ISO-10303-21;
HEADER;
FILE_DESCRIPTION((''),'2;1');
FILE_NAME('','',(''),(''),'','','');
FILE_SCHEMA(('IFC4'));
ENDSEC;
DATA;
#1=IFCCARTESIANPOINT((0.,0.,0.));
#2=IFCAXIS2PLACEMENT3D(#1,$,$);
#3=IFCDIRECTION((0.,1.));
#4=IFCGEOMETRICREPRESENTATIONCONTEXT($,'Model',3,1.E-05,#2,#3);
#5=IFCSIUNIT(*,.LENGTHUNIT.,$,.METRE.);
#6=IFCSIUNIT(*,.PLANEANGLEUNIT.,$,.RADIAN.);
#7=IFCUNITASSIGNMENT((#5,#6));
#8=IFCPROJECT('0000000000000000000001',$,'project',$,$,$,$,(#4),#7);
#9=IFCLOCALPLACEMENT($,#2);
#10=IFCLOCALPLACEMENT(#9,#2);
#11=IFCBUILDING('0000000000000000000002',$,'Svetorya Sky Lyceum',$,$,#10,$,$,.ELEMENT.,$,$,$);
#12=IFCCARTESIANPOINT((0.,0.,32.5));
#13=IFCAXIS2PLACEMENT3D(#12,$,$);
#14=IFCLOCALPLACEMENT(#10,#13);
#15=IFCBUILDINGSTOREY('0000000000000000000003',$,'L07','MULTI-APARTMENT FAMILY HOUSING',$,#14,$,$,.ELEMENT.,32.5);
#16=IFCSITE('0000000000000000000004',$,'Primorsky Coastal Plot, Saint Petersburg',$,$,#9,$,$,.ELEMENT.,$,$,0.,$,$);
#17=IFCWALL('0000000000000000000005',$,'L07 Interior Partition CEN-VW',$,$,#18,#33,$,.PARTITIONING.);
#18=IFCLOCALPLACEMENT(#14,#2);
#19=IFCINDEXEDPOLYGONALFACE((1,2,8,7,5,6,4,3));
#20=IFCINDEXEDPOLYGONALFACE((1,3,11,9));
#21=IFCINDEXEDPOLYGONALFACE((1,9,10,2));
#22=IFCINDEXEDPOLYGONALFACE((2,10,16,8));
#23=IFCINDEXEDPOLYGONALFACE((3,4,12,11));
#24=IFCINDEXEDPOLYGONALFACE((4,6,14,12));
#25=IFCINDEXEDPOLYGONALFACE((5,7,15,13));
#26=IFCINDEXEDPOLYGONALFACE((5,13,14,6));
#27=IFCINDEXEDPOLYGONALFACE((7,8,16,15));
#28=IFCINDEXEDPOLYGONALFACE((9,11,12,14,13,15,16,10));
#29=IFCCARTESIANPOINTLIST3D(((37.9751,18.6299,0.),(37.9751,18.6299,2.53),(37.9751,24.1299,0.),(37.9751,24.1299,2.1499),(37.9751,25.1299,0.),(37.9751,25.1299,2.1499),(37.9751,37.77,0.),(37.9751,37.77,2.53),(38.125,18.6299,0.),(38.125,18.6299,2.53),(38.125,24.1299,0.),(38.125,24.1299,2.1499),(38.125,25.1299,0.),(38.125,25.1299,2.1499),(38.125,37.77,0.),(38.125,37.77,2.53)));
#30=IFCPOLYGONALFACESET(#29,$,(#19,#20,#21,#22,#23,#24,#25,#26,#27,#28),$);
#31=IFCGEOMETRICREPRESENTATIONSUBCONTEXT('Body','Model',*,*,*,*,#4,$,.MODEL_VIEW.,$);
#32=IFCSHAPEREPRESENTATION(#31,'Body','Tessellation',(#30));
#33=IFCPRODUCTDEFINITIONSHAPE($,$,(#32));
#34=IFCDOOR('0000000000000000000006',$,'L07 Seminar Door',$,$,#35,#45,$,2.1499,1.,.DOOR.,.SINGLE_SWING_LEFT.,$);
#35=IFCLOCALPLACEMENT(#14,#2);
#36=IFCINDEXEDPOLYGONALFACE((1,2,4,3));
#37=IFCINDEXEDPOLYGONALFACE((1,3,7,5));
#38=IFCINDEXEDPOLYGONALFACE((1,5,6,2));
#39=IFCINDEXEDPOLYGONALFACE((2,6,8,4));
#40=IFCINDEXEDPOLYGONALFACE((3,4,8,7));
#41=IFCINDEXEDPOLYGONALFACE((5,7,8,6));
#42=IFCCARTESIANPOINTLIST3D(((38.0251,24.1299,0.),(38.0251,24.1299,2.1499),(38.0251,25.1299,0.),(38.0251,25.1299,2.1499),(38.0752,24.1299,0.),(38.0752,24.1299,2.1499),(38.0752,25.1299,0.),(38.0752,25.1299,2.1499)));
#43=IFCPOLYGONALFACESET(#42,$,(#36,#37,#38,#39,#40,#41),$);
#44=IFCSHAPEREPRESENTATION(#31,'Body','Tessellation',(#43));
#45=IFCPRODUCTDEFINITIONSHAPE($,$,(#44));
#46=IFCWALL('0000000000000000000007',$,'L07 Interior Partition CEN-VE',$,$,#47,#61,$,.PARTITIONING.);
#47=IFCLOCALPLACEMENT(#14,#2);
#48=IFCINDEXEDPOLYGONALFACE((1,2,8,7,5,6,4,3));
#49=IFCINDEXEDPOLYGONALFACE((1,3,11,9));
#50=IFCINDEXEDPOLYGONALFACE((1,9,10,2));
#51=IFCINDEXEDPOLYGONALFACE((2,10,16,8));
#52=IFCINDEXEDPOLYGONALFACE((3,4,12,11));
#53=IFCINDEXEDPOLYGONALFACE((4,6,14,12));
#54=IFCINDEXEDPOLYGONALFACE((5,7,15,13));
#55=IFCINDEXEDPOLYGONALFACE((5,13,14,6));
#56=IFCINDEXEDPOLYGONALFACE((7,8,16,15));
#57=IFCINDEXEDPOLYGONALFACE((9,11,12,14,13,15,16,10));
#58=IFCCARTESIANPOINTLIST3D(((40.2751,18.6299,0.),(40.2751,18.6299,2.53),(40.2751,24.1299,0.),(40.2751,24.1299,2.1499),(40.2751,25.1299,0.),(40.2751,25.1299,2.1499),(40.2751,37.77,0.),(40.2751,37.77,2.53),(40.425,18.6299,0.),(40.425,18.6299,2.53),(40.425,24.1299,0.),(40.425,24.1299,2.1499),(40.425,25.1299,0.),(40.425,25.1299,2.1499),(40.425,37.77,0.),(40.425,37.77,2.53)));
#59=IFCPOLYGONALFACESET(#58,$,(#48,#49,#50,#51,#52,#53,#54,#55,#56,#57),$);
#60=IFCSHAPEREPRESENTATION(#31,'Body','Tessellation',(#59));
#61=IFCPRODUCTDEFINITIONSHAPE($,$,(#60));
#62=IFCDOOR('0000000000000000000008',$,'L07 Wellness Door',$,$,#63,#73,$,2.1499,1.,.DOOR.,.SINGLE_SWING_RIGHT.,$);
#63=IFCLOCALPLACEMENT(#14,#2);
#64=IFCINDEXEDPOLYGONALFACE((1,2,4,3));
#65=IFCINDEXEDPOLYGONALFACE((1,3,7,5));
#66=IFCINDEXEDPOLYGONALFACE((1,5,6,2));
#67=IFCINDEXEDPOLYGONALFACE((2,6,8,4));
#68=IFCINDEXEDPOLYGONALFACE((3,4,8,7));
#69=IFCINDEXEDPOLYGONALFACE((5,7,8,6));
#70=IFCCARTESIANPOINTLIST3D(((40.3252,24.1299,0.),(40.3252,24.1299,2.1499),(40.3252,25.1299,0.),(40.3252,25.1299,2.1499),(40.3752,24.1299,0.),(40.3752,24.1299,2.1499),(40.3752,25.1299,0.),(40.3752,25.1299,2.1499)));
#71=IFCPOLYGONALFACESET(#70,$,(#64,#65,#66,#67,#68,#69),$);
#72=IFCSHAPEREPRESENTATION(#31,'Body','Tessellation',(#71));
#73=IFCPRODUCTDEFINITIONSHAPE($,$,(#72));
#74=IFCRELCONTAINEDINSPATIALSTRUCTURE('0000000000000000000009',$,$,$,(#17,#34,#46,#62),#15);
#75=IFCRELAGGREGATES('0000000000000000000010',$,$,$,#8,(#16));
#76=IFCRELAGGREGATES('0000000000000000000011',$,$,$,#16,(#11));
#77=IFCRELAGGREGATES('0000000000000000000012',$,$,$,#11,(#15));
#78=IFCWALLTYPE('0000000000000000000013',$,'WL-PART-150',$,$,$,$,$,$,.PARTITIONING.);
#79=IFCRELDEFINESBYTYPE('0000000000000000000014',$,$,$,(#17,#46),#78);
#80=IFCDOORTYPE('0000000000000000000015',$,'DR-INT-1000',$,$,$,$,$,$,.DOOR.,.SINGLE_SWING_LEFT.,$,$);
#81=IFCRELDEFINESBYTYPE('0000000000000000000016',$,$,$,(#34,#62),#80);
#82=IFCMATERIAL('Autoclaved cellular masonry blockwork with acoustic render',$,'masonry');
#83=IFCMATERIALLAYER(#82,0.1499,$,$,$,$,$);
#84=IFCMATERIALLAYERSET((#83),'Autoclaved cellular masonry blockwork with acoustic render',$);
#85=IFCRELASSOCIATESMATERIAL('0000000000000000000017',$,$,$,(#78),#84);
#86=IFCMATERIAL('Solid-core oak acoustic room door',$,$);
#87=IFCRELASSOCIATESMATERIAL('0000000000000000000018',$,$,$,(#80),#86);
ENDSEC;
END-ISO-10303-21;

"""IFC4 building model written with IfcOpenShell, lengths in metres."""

from ifc_helpers import new_model, si_unit, direction, frame, frame_2d, origin, place, context, subcontext, project, spatial, rectangle, extrude, material, layer, layer_set, type_object, element, fill, save


model = new_model("IFC4")

# Units and contexts
model_context = context("Model", 3, precision=1e-05, world=origin(), true_north=direction((0.0, 1.0)))
body_context = subcontext(model_context, "Body", "Model", "MODEL_VIEW")
ifc_project = project(units=[si_unit("LENGTHUNIT", "METRE"), si_unit("PLANEANGLEUNIT", "RADIAN")], contexts=[model_context])

# Site, building, storey
site_placement = place(None, origin())
site = spatial("IfcSite", under=ifc_project, at=site_placement, Name="Primorsky Coastal Plot, Saint Petersburg", CompositionType="ELEMENT", RefElevation=0.0)
building_placement = place(site_placement, origin())
building = spatial("IfcBuilding", under=site, at=building_placement, Name="Svetorya Sky Lyceum", CompositionType="ELEMENT")
storey_placement = place(building_placement, frame((0.0, 0.0, 32.5)))
storey = spatial("IfcBuildingStorey", under=building, at=storey_placement, Name="L07", Description="MULTI-APARTMENT FAMILY HOUSING", CompositionType="ELEMENT", Elevation=32.5)

# Shared definitions
ifc_material_1 = material(Name="Autoclaved cellular masonry blockwork with acoustic render", Category="masonry")
ifc_layer_1 = layer(ifc_material_1, 0.1499)
ifc_layer_set_1 = layer_set([ifc_layer_1], Name="Autoclaved cellular masonry blockwork with acoustic render")
wall_type_1 = type_object("IfcWallType", Name="WL-PART-150", PredefinedType="PARTITIONING", material=ifc_layer_set_1)

# Walls, openings, doors
wall_1_placement = place(storey_placement, frame((38.05, 18.6299, 0.0), z_axis=(0.0, 0.0, 1.0), x_axis=(0.0, 1.0, 0.0)))
wall_1 = element("IfcWall", 1, at=wall_1_placement, inside=storey, type_object=wall_type_1, Name="L07 Interior Partition CEN-VW", PredefinedType="PARTITIONING", context=body_context, shape_type="SweptSolid", body=[
    extrude(rectangle(XDim=19.1401, YDim=0.1499, at=frame_2d((9.5701, 0.0))), origin(), (0.0, 0.0, 1.0), 2.53),
])
opening_1_placement = place(wall_1_placement, frame((5.5, 0.0, 0.0)))
opening_1 = element("IfcOpeningElement", 2, at=opening_1_placement, cuts=wall_1, PredefinedType="OPENING", context=body_context, shape_type="SweptSolid", body=[
    extrude(rectangle(XDim=1.0, YDim=2.1499, at=frame_2d((0.5, 1.075))), frame((0.0, 0.085, 0.0), z_axis=(0.0, -1.0, 0.0), x_axis=(1.0, 0.0, 0.0)), (0.0, 0.0, 1.0), 0.1699),
])
ifc_material_2 = material(Name="Solid-core oak acoustic room door")
door_type_1 = type_object("IfcDoorType", Name="DR-INT-1000", OperationType="SINGLE_SWING_LEFT", PredefinedType="DOOR", material=ifc_material_2)
door_1_placement = place(opening_1_placement, origin())
door_1 = element("IfcDoor", 3, at=door_1_placement, inside=storey, type_object=door_type_1, Name="L07 Seminar Door", OperationType="SINGLE_SWING_LEFT", OverallHeight=2.1499, OverallWidth=1.0, PredefinedType="DOOR", context=body_context, shape_type="SweptSolid", body=[
    extrude(rectangle(XDim=1.0, YDim=2.1499, at=frame_2d((0.5, 1.075))), frame((0.0, 0.0249, 0.0), z_axis=(0.0, -1.0, 0.0), x_axis=(1.0, 0.0, 0.0)), (0.0, 0.0, 1.0), 0.05),
])
fill(opening_1, door_1)
wall_2_placement = place(storey_placement, frame((40.3501, 18.6299, 0.0), z_axis=(0.0, 0.0, 1.0), x_axis=(0.0, 1.0, 0.0)))
wall_2 = element("IfcWall", 4, at=wall_2_placement, inside=storey, type_object=wall_type_1, Name="L07 Interior Partition CEN-VE", PredefinedType="PARTITIONING", context=body_context, shape_type="SweptSolid", body=[
    extrude(rectangle(XDim=19.1401, YDim=0.1499, at=frame_2d((9.5701, 0.0))), origin(), (0.0, 0.0, 1.0), 2.53),
])
opening_2_placement = place(wall_2_placement, frame((5.5, 0.0, 0.0)))
opening_2 = element("IfcOpeningElement", 5, at=opening_2_placement, cuts=wall_2, PredefinedType="OPENING", context=body_context, shape_type="SweptSolid", body=[
    extrude(rectangle(XDim=1.0, YDim=2.1499, at=frame_2d((0.5, 1.075))), frame((0.0, 0.085, 0.0), z_axis=(0.0, -1.0, 0.0), x_axis=(1.0, 0.0, 0.0)), (0.0, 0.0, 1.0), 0.1699),
])
door_2_placement = place(opening_2_placement, origin())
door_2 = element("IfcDoor", 6, at=door_2_placement, inside=storey, type_object=door_type_1, Name="L07 Wellness Door", OperationType="SINGLE_SWING_RIGHT", OverallHeight=2.1499, OverallWidth=1.0, PredefinedType="DOOR", context=body_context, shape_type="SweptSolid", body=[
    extrude(rectangle(XDim=1.0, YDim=2.1499, at=frame_2d((0.5, 1.075))), frame((0.0, 0.0249, 0.0), z_axis=(0.0, -1.0, 0.0), x_axis=(1.0, 0.0, 0.0)), (0.0, 0.0, 1.0), 0.05),
])
fill(opening_2, door_2)

save(model, "model.ifc")
